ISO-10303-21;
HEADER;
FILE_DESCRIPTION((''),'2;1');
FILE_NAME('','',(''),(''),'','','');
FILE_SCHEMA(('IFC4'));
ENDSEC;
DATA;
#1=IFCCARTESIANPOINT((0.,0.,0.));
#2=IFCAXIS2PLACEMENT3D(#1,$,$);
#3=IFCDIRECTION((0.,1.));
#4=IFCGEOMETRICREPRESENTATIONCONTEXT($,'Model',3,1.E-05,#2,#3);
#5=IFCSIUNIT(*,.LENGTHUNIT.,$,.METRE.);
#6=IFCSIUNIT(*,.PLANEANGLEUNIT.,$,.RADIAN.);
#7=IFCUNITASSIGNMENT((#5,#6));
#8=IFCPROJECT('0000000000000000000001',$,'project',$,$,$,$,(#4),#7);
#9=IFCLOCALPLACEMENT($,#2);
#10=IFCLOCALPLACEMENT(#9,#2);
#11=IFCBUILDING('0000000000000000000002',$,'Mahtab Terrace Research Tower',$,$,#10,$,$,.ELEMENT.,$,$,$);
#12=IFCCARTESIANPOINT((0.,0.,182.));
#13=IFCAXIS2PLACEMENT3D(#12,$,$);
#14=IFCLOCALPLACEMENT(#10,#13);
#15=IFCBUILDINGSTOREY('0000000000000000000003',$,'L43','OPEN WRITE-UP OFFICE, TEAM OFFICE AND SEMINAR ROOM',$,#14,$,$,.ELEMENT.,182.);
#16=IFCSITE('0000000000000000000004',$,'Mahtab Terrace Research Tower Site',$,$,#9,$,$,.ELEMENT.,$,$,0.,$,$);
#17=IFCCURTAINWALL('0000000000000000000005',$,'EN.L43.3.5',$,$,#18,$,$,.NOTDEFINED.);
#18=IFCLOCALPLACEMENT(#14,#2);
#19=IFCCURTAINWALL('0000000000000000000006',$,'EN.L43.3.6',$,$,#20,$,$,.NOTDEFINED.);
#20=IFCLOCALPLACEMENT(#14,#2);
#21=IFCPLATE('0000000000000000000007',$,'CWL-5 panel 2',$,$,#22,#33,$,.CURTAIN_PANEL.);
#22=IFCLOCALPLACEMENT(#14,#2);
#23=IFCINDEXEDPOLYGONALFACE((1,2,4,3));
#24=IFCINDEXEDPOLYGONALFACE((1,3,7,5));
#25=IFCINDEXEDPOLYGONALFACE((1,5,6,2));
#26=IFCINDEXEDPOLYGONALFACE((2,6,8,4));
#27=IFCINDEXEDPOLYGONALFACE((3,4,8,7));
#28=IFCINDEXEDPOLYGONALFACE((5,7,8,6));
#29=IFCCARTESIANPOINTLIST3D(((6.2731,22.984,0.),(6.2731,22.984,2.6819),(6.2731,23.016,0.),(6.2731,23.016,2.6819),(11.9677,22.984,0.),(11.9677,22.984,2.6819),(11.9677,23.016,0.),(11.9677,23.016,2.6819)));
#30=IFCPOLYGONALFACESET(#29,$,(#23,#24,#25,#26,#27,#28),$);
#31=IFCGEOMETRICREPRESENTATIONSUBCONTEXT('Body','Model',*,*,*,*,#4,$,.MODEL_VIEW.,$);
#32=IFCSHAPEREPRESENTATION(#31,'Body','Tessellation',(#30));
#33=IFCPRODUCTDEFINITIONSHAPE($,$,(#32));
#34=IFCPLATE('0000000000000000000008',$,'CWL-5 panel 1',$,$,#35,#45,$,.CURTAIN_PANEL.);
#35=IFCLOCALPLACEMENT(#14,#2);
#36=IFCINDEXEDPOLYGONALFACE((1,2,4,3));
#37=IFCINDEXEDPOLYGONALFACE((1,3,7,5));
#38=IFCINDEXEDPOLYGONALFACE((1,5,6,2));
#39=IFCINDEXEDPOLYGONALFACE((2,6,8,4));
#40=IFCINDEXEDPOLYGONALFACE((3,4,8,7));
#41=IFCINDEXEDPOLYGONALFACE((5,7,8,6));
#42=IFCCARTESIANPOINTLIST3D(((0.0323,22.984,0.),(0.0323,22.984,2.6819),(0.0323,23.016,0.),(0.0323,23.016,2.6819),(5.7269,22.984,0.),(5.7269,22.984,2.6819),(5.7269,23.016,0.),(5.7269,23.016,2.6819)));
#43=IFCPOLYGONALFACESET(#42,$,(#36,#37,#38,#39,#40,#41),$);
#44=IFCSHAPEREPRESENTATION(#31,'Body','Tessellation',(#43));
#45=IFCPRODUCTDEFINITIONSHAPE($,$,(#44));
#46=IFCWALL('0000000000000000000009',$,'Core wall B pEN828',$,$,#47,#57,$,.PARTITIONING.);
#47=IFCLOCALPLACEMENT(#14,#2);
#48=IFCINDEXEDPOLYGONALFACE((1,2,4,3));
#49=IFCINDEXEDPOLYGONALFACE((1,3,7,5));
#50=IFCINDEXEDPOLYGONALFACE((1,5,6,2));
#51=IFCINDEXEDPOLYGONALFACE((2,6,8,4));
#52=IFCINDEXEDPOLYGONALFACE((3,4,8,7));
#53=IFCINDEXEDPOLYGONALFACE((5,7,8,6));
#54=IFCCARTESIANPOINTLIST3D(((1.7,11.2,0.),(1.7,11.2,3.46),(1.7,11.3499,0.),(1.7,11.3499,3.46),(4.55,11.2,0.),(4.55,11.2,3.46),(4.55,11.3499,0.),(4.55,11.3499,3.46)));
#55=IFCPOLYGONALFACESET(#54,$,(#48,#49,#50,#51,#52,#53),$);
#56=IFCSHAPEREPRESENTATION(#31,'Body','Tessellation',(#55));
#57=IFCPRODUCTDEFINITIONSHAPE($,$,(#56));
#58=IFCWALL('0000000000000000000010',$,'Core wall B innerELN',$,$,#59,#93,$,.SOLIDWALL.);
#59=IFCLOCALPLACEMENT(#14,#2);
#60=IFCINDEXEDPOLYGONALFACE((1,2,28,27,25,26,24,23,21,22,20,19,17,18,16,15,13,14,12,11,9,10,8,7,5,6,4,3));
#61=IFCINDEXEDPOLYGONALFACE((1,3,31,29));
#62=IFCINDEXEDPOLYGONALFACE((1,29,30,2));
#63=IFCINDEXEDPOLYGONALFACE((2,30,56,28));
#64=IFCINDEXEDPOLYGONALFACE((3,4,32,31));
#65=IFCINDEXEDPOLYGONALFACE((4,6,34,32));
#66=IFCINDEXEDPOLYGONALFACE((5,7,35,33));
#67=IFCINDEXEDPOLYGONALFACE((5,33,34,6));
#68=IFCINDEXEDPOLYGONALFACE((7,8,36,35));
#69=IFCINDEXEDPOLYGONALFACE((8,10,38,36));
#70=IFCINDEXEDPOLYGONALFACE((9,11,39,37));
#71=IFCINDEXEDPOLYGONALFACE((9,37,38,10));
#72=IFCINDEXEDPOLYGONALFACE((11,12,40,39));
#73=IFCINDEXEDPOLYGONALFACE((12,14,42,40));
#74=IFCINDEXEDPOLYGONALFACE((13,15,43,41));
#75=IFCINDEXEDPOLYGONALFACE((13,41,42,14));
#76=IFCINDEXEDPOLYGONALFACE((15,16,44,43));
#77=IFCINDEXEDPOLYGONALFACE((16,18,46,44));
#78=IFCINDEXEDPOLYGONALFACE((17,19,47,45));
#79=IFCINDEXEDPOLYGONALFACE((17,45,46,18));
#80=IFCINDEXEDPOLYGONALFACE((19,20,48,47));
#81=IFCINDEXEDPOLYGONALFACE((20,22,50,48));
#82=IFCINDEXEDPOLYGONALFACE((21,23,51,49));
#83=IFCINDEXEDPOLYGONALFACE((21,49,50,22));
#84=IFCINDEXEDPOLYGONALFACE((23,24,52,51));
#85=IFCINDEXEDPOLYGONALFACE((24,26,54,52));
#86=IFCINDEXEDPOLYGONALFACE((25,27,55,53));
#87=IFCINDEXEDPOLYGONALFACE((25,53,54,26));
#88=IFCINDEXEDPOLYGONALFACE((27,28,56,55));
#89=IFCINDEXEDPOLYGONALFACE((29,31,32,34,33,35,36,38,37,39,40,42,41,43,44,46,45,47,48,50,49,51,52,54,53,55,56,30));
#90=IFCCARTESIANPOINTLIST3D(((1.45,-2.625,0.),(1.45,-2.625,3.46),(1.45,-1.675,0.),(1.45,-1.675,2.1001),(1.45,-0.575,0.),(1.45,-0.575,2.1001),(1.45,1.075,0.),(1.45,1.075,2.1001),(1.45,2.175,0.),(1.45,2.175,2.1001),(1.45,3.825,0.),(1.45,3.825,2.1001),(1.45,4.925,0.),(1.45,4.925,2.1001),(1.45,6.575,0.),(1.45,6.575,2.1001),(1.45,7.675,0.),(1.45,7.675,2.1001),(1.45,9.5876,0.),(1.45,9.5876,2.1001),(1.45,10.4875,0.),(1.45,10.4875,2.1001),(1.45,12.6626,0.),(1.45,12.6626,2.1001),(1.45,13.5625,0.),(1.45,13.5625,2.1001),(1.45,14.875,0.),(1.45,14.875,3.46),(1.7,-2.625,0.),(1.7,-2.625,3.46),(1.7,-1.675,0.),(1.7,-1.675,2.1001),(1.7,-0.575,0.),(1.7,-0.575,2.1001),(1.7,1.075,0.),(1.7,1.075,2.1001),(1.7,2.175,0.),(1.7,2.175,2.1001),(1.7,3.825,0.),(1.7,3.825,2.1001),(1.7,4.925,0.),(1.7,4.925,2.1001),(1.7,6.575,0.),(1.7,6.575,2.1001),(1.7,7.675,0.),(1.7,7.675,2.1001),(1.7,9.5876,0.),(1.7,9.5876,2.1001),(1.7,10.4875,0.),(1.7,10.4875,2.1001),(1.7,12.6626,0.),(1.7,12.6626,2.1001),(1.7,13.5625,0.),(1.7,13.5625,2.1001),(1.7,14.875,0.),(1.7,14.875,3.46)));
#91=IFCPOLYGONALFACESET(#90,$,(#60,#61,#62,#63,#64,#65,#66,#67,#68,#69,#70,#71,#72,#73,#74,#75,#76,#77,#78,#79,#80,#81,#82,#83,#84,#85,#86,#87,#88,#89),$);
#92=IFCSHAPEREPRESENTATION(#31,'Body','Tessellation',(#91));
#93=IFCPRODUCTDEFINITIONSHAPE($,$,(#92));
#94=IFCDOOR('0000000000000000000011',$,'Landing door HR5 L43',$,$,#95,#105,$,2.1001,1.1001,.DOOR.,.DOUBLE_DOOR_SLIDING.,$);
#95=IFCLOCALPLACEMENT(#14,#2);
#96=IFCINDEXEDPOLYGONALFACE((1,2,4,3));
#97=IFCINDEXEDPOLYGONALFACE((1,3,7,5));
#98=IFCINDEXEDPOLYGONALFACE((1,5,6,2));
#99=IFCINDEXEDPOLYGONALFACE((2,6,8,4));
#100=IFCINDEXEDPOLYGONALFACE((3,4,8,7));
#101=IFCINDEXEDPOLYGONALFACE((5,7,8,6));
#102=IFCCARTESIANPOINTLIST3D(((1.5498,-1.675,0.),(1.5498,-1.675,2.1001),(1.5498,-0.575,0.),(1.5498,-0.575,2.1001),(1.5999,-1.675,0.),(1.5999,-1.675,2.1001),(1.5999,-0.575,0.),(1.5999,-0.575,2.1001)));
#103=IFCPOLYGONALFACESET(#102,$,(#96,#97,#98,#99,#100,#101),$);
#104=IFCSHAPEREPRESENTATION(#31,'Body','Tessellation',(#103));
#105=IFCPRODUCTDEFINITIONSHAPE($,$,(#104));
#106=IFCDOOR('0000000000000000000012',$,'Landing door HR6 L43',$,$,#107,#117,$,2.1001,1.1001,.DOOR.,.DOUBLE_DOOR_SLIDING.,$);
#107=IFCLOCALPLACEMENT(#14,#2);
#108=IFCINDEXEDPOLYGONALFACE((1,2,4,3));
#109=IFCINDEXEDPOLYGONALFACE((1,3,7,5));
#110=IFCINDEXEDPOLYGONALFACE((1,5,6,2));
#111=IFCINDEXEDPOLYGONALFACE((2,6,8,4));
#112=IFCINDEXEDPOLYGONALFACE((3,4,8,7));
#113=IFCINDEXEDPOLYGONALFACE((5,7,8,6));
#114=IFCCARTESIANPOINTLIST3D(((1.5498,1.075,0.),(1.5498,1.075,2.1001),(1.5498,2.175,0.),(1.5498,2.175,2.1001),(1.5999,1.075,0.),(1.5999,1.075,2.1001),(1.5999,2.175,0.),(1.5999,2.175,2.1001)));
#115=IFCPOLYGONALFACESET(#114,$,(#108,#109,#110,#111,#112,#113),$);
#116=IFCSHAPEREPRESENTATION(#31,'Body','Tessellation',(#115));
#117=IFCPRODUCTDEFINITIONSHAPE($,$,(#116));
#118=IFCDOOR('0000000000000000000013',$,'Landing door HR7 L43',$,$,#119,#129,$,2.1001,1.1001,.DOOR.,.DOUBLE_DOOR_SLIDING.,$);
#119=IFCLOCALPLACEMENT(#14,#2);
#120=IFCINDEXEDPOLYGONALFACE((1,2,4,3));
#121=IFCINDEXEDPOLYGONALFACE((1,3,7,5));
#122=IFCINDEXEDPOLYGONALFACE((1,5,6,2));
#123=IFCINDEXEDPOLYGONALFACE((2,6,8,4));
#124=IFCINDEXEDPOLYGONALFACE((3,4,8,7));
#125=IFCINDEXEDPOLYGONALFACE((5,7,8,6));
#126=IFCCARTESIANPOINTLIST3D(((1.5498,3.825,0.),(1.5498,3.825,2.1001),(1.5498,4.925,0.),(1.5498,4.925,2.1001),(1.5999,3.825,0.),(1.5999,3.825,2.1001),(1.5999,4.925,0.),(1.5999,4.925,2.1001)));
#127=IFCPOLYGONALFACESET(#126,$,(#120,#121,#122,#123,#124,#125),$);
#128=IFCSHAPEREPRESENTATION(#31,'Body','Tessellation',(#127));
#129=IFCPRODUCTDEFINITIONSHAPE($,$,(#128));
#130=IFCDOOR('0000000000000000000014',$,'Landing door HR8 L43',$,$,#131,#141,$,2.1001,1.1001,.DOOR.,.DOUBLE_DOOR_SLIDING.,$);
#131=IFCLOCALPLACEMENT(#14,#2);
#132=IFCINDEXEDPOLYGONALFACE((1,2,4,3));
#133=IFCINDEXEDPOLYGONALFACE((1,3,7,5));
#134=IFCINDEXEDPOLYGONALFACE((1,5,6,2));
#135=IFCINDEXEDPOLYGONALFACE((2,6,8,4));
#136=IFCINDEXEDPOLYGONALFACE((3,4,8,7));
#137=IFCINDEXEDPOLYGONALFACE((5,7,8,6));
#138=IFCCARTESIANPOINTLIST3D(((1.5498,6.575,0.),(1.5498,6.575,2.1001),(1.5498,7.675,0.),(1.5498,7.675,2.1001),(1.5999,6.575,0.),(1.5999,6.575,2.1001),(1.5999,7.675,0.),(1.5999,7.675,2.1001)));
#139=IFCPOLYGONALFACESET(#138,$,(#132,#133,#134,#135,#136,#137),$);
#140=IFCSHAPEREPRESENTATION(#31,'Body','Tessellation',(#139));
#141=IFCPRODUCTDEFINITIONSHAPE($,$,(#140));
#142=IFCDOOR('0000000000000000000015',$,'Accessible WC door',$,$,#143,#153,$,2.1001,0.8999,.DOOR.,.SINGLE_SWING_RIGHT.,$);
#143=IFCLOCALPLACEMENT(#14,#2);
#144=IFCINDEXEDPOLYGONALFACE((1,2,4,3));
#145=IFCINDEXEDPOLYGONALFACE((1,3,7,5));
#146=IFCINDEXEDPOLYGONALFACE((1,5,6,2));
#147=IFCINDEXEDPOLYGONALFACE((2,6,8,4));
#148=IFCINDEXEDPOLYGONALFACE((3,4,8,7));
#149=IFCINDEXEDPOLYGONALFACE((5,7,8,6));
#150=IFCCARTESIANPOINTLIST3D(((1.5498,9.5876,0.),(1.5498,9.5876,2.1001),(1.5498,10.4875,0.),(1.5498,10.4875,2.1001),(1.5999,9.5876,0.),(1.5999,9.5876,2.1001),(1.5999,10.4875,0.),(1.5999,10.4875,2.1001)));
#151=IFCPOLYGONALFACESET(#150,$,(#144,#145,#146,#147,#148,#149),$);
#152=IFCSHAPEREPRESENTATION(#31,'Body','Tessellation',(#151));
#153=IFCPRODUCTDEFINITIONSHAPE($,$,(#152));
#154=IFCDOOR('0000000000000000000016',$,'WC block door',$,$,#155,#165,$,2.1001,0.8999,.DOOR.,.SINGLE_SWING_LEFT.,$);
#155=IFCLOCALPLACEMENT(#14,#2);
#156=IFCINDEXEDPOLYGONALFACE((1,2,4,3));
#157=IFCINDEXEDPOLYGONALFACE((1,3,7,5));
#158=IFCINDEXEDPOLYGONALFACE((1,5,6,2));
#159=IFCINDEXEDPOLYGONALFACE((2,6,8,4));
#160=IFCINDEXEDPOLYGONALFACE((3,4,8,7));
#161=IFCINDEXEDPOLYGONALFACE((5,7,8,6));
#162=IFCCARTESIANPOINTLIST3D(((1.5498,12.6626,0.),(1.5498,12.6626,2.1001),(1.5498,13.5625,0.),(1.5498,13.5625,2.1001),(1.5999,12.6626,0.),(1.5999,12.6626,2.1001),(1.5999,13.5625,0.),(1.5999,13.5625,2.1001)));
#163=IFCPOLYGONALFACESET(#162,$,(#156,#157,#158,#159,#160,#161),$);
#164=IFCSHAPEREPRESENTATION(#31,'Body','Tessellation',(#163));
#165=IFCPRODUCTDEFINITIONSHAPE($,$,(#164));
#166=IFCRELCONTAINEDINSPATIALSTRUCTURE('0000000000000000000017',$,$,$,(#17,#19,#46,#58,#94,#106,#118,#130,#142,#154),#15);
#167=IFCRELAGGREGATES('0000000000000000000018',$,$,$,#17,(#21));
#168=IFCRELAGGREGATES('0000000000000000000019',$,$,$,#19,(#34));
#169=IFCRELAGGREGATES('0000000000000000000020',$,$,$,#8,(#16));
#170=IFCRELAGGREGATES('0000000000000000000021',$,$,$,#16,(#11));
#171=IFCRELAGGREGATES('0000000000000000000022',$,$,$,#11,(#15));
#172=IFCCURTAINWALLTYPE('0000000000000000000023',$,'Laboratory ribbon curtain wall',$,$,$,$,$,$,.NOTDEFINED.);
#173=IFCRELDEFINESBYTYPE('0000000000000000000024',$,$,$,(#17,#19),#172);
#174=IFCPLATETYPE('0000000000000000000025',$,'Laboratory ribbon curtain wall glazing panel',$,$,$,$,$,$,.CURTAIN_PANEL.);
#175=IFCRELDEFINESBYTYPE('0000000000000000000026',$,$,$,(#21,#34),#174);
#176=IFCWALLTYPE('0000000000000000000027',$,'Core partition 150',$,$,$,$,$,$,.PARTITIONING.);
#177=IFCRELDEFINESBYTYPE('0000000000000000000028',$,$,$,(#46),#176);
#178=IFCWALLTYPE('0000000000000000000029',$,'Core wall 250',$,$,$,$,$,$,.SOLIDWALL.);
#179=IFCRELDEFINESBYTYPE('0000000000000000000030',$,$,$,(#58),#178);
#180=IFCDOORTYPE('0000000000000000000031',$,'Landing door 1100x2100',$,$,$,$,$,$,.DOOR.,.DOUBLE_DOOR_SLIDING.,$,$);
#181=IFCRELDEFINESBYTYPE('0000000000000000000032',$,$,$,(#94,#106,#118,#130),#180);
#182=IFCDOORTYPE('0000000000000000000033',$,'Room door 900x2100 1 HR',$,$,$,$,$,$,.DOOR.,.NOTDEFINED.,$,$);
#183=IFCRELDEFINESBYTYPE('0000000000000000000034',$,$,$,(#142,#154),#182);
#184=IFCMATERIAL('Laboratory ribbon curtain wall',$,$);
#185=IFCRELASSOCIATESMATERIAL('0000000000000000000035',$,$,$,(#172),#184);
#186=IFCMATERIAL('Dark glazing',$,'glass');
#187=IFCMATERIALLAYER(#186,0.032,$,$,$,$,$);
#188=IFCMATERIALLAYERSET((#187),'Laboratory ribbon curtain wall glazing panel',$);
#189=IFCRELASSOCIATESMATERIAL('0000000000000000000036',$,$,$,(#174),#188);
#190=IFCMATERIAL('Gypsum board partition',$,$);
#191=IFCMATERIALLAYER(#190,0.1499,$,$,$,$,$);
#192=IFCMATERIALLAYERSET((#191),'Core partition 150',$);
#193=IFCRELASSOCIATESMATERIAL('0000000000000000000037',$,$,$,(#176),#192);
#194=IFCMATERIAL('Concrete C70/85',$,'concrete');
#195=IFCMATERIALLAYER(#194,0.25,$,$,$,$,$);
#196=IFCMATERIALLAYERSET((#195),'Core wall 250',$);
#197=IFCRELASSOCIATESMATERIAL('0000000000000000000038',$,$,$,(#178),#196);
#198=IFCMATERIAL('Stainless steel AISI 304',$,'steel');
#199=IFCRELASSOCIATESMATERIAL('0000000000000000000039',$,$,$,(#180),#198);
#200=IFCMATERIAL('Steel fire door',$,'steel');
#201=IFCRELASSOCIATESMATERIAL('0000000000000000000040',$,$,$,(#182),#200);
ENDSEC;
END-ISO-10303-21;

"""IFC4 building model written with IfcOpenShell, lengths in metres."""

from ifc_helpers import new_model, si_unit, direction, frame, frame_2d, origin, origin_2d, place, context, subcontext, project, spatial, rectangle, extrude, material, layer, layer_set, type_object, element, fill, aggregate, save


model = new_model("IFC4")

# Units and contexts
model_context = context("Model", 3, precision=1e-05, world=origin(), true_north=direction((0.0, 1.0)))
body_context = subcontext(model_context, "Body", "Model", "MODEL_VIEW")
ifc_project = project(units=[si_unit("LENGTHUNIT", "METRE"), si_unit("PLANEANGLEUNIT", "RADIAN")], contexts=[model_context])

# Site, building, storey
site_placement = place(None, origin())
site = spatial("IfcSite", under=ifc_project, at=site_placement, Name="Mahtab Terrace Research Tower Site", CompositionType="ELEMENT", RefElevation=0.0)
building_placement = place(site_placement, origin())
building = spatial("IfcBuilding", under=site, at=building_placement, Name="Mahtab Terrace Research Tower", CompositionType="ELEMENT")
storey_placement = place(building_placement, frame((0.0, 0.0, 182.0)))
storey = spatial("IfcBuildingStorey", under=building, at=storey_placement, Name="L43", Description="OPEN WRITE-UP OFFICE, TEAM OFFICE AND SEMINAR ROOM", CompositionType="ELEMENT", Elevation=182.0)

# Shared definitions
ifc_material_1 = material(Name="Concrete C70/85", Category="concrete")

# Curtain wall
ifc_material_2 = material(Name="Laboratory ribbon curtain wall")
curtain_wall_type = type_object("IfcCurtainWallType", Name="Laboratory ribbon curtain wall", PredefinedType="NOTDEFINED", material=ifc_material_2)
curtain_wall_1_placement = place(storey_placement, origin())
curtain_wall_1 = element("IfcCurtainWall", 1, at=curtain_wall_1_placement, inside=storey, type_object=curtain_wall_type, Name="EN.L43.3.5", PredefinedType="NOTDEFINED")

# Curtain wall
curtain_wall_2_placement = place(storey_placement, origin())
curtain_wall_2 = element("IfcCurtainWall", 2, at=curtain_wall_2_placement, inside=storey, type_object=curtain_wall_type, Name="EN.L43.3.6", PredefinedType="NOTDEFINED")

# Plates
ifc_material_3 = material(Name="Dark glazing", Category="glass")
ifc_layer_1 = layer(ifc_material_3, 0.032)
ifc_layer_set_1 = layer_set([ifc_layer_1], Name="Laboratory ribbon curtain wall glazing panel")
plate_type = type_object("IfcPlateType", Name="Laboratory ribbon curtain wall glazing panel", PredefinedType="CURTAIN_PANEL", material=ifc_layer_set_1)
plate_1_placement = place(storey_placement, frame((9.1204, 23.0, 0.0), z_axis=(0.0, 0.0, 1.0), x_axis=(-1.0, 0.0, 0.0)))
plate_1 = element("IfcPlate", 3, at=plate_1_placement, type_object=plate_type, Name="CWL-5 panel 2", PredefinedType="CURTAIN_PANEL", context=body_context, shape_type="SweptSolid", body=[
    extrude(rectangle(XDim=5.6946, YDim=0.032, at=origin_2d()), origin(), (0.0, 0.0, 1.0), 2.6819),
])
aggregate(curtain_wall_1, [plate_1])
plate_2_placement = place(storey_placement, frame((2.8796, 23.0, 0.0), z_axis=(0.0, 0.0, 1.0), x_axis=(-1.0, 0.0, 0.0)))
plate_2 = element("IfcPlate", 4, at=plate_2_placement, type_object=plate_type, Name="CWL-5 panel 1", PredefinedType="CURTAIN_PANEL", context=body_context, shape_type="SweptSolid", body=[
    extrude(rectangle(XDim=5.6946, YDim=0.032, at=origin_2d()), origin(), (0.0, 0.0, 1.0), 2.6819),
])
aggregate(curtain_wall_2, [plate_2])

# Wall
ifc_material_4 = material(Name="Gypsum board partition")
ifc_layer_2 = layer(ifc_material_4, 0.1499)
ifc_layer_set_2 = layer_set([ifc_layer_2], Name="Core partition 150")
wall_type_1 = type_object("IfcWallType", Name="Core partition 150", PredefinedType="PARTITIONING", material=ifc_layer_set_2)
wall_1_placement = place(storey_placement, frame((1.7, 11.2749, 0.0), z_axis=(0.0, 0.0, 1.0), x_axis=(1.0, 0.0, 0.0)))
element("IfcWall", 5, at=wall_1_placement, inside=storey, type_object=wall_type_1, Name="Core wall B pEN828", PredefinedType="PARTITIONING", context=body_context, shape_type="SweptSolid", body=[
    extrude(rectangle(XDim=2.8501, YDim=0.1499, at=frame_2d((1.425, 0.0))), origin(), (0.0, 0.0, 1.0), 3.46),
])

# Wall, openings, doors
ifc_layer_3 = layer(ifc_material_1, 0.25)
ifc_layer_set_3 = layer_set([ifc_layer_3], Name="Core wall 250")
wall_type_2 = type_object("IfcWallType", Name="Core wall 250", PredefinedType="SOLIDWALL", material=ifc_layer_set_3)
wall_2_placement = place(storey_placement, frame((1.575, 14.875, 0.0), z_axis=(0.0, 0.0, 1.0), x_axis=(0.0, -1.0, 0.0)))
wall_2 = element("IfcWall", 6, at=wall_2_placement, inside=storey, type_object=wall_type_2, Name="Core wall B innerELN", PredefinedType="SOLIDWALL", context=body_context, shape_type="SweptSolid", body=[
    extrude(rectangle(XDim=17.5, YDim=0.25, at=frame_2d((8.75, 0.0))), origin(), (0.0, 0.0, 1.0), 3.46),
])
opening_1_placement = place(wall_2_placement, frame((15.45, 0.0, 0.0)))
opening_1 = element("IfcOpeningElement", 7, at=opening_1_placement, cuts=wall_2, PredefinedType="OPENING", context=body_context, shape_type="SweptSolid", body=[
    extrude(rectangle(XDim=1.1001, YDim=2.1001, at=frame_2d((0.55, 1.05))), frame((0.0, 0.135, 0.0), z_axis=(0.0, -1.0, 0.0), x_axis=(1.0, 0.0, 0.0)), (0.0, 0.0, 1.0), 0.27),
])
opening_2_placement = place(wall_2_placement, frame((12.7, 0.0, 0.0)))
opening_2 = element("IfcOpeningElement", 8, at=opening_2_placement, cuts=wall_2, PredefinedType="OPENING", context=body_context, shape_type="SweptSolid", body=[
    extrude(rectangle(XDim=1.1001, YDim=2.1001, at=frame_2d((0.55, 1.05))), frame((0.0, 0.135, 0.0), z_axis=(0.0, -1.0, 0.0), x_axis=(1.0, 0.0, 0.0)), (0.0, 0.0, 1.0), 0.27),
])
opening_3_placement = place(wall_2_placement, frame((9.95, 0.0, 0.0)))
opening_3 = element("IfcOpeningElement", 9, at=opening_3_placement, cuts=wall_2, PredefinedType="OPENING", context=body_context, shape_type="SweptSolid", body=[
    extrude(rectangle(XDim=1.1001, YDim=2.1001, at=frame_2d((0.55, 1.05))), frame((0.0, 0.135, 0.0), z_axis=(0.0, -1.0, 0.0), x_axis=(1.0, 0.0, 0.0)), (0.0, 0.0, 1.0), 0.27),
])
opening_4_placement = place(wall_2_placement, frame((7.2, 0.0, 0.0)))
opening_4 = element("IfcOpeningElement", 10, at=opening_4_placement, cuts=wall_2, PredefinedType="OPENING", context=body_context, shape_type="SweptSolid", body=[
    extrude(rectangle(XDim=1.1001, YDim=2.1001, at=frame_2d((0.55, 1.05))), frame((0.0, 0.135, 0.0), z_axis=(0.0, -1.0, 0.0), x_axis=(1.0, 0.0, 0.0)), (0.0, 0.0, 1.0), 0.27),
])
opening_5_placement = place(wall_2_placement, frame((4.3875, 0.0, 0.0)))
opening_5 = element("IfcOpeningElement", 11, at=opening_5_placement, cuts=wall_2, PredefinedType="OPENING", context=body_context, shape_type="SweptSolid", body=[
    extrude(rectangle(XDim=0.8999, YDim=2.1001, at=frame_2d((0.45, 1.05))), frame((0.0, 0.135, 0.0), z_axis=(0.0, -1.0, 0.0), x_axis=(1.0, 0.0, 0.0)), (0.0, 0.0, 1.0), 0.27),
])
opening_6_placement = place(wall_2_placement, frame((1.3125, 0.0, 0.0)))
opening_6 = element("IfcOpeningElement", 12, at=opening_6_placement, cuts=wall_2, PredefinedType="OPENING", context=body_context, shape_type="SweptSolid", body=[
    extrude(rectangle(XDim=0.8999, YDim=2.1001, at=frame_2d((0.45, 1.05))), frame((0.0, 0.135, 0.0), z_axis=(0.0, -1.0, 0.0), x_axis=(1.0, 0.0, 0.0)), (0.0, 0.0, 1.0), 0.27),
])
ifc_material_5 = material(Name="Stainless steel AISI 304", Category="steel")
door_type_1 = type_object("IfcDoorType", Name="Landing door 1100x2100", OperationType="DOUBLE_DOOR_SLIDING", PredefinedType="DOOR", material=ifc_material_5)
door_1_placement = place(opening_1_placement, origin())
door_1 = element("IfcDoor", 13, at=door_1_placement, inside=storey, type_object=door_type_1, Name="Landing door HR5 L43", OperationType="DOUBLE_DOOR_SLIDING", OverallHeight=2.1001, OverallWidth=1.1001, PredefinedType="DOOR", context=body_context, shape_type="SweptSolid", body=[
    extrude(rectangle(XDim=1.1001, YDim=2.1001, at=frame_2d((0.55, 1.05))), frame((0.0, 0.0249, 0.0), z_axis=(0.0, -1.0, 0.0), x_axis=(1.0, 0.0, 0.0)), (0.0, 0.0, 1.0), 0.05),
])
fill(opening_1, door_1)
door_2_placement = place(opening_2_placement, origin())
door_2 = element("IfcDoor", 14, at=door_2_placement, inside=storey, type_object=door_type_1, Name="Landing door HR6 L43", OperationType="DOUBLE_DOOR_SLIDING", OverallHeight=2.1001, OverallWidth=1.1001, PredefinedType="DOOR", context=body_context, shape_type="SweptSolid", body=[
    extrude(rectangle(XDim=1.1001, YDim=2.1001, at=frame_2d((0.55, 1.05))), frame((0.0, 0.0249, 0.0), z_axis=(0.0, -1.0, 0.0), x_axis=(1.0, 0.0, 0.0)), (0.0, 0.0, 1.0), 0.05),
])
fill(opening_2, door_2)
door_3_placement = place(opening_3_placement, origin())
door_3 = element("IfcDoor", 15, at=door_3_placement, inside=storey, type_object=door_type_1, Name="Landing door HR7 L43", OperationType="DOUBLE_DOOR_SLIDING", OverallHeight=2.1001, OverallWidth=1.1001, PredefinedType="DOOR", context=body_context, shape_type="SweptSolid", body=[
    extrude(rectangle(XDim=1.1001, YDim=2.1001, at=frame_2d((0.55, 1.05))), frame((0.0, 0.0249, 0.0), z_axis=(0.0, -1.0, 0.0), x_axis=(1.0, 0.0, 0.0)), (0.0, 0.0, 1.0), 0.05),
])
fill(opening_3, door_3)
door_4_placement = place(opening_4_placement, origin())
door_4 = element("IfcDoor", 16, at=door_4_placement, inside=storey, type_object=door_type_1, Name="Landing door HR8 L43", OperationType="DOUBLE_DOOR_SLIDING", OverallHeight=2.1001, OverallWidth=1.1001, PredefinedType="DOOR", context=body_context, shape_type="SweptSolid", body=[
    extrude(rectangle(XDim=1.1001, YDim=2.1001, at=frame_2d((0.55, 1.05))), frame((0.0, 0.0249, 0.0), z_axis=(0.0, -1.0, 0.0), x_axis=(1.0, 0.0, 0.0)), (0.0, 0.0, 1.0), 0.05),
])
fill(opening_4, door_4)
ifc_material_6 = material(Name="Steel fire door", Category="steel")
door_type_2 = type_object("IfcDoorType", Name="Room door 900x2100 1 HR", OperationType="NOTDEFINED", PredefinedType="DOOR", material=ifc_material_6)
door_5_placement = place(opening_5_placement, origin())
door_5 = element("IfcDoor", 17, at=door_5_placement, inside=storey, type_object=door_type_2, Name="Accessible WC door", OperationType="SINGLE_SWING_RIGHT", OverallHeight=2.1001, OverallWidth=0.8999, PredefinedType="DOOR", context=body_context, shape_type="SweptSolid", body=[
    extrude(rectangle(XDim=0.8999, YDim=2.1001, at=frame_2d((0.45, 1.05))), frame((0.0, 0.0249, 0.0), z_axis=(0.0, -1.0, 0.0), x_axis=(1.0, 0.0, 0.0)), (0.0, 0.0, 1.0), 0.05),
])
fill(opening_5, door_5)
door_6_placement = place(opening_6_placement, origin())
door_6 = element("IfcDoor", 18, at=door_6_placement, inside=storey, type_object=door_type_2, Name="WC block door", OperationType="SINGLE_SWING_LEFT", OverallHeight=2.1001, OverallWidth=0.8999, PredefinedType="DOOR", context=body_context, shape_type="SweptSolid", body=[
    extrude(rectangle(XDim=0.8999, YDim=2.1001, at=frame_2d((0.45, 1.05))), frame((0.0, 0.0249, 0.0), z_axis=(0.0, -1.0, 0.0), x_axis=(1.0, 0.0, 0.0)), (0.0, 0.0, 1.0), 0.05),
])
fill(opening_6, door_6)

save(model, "model.ifc")
